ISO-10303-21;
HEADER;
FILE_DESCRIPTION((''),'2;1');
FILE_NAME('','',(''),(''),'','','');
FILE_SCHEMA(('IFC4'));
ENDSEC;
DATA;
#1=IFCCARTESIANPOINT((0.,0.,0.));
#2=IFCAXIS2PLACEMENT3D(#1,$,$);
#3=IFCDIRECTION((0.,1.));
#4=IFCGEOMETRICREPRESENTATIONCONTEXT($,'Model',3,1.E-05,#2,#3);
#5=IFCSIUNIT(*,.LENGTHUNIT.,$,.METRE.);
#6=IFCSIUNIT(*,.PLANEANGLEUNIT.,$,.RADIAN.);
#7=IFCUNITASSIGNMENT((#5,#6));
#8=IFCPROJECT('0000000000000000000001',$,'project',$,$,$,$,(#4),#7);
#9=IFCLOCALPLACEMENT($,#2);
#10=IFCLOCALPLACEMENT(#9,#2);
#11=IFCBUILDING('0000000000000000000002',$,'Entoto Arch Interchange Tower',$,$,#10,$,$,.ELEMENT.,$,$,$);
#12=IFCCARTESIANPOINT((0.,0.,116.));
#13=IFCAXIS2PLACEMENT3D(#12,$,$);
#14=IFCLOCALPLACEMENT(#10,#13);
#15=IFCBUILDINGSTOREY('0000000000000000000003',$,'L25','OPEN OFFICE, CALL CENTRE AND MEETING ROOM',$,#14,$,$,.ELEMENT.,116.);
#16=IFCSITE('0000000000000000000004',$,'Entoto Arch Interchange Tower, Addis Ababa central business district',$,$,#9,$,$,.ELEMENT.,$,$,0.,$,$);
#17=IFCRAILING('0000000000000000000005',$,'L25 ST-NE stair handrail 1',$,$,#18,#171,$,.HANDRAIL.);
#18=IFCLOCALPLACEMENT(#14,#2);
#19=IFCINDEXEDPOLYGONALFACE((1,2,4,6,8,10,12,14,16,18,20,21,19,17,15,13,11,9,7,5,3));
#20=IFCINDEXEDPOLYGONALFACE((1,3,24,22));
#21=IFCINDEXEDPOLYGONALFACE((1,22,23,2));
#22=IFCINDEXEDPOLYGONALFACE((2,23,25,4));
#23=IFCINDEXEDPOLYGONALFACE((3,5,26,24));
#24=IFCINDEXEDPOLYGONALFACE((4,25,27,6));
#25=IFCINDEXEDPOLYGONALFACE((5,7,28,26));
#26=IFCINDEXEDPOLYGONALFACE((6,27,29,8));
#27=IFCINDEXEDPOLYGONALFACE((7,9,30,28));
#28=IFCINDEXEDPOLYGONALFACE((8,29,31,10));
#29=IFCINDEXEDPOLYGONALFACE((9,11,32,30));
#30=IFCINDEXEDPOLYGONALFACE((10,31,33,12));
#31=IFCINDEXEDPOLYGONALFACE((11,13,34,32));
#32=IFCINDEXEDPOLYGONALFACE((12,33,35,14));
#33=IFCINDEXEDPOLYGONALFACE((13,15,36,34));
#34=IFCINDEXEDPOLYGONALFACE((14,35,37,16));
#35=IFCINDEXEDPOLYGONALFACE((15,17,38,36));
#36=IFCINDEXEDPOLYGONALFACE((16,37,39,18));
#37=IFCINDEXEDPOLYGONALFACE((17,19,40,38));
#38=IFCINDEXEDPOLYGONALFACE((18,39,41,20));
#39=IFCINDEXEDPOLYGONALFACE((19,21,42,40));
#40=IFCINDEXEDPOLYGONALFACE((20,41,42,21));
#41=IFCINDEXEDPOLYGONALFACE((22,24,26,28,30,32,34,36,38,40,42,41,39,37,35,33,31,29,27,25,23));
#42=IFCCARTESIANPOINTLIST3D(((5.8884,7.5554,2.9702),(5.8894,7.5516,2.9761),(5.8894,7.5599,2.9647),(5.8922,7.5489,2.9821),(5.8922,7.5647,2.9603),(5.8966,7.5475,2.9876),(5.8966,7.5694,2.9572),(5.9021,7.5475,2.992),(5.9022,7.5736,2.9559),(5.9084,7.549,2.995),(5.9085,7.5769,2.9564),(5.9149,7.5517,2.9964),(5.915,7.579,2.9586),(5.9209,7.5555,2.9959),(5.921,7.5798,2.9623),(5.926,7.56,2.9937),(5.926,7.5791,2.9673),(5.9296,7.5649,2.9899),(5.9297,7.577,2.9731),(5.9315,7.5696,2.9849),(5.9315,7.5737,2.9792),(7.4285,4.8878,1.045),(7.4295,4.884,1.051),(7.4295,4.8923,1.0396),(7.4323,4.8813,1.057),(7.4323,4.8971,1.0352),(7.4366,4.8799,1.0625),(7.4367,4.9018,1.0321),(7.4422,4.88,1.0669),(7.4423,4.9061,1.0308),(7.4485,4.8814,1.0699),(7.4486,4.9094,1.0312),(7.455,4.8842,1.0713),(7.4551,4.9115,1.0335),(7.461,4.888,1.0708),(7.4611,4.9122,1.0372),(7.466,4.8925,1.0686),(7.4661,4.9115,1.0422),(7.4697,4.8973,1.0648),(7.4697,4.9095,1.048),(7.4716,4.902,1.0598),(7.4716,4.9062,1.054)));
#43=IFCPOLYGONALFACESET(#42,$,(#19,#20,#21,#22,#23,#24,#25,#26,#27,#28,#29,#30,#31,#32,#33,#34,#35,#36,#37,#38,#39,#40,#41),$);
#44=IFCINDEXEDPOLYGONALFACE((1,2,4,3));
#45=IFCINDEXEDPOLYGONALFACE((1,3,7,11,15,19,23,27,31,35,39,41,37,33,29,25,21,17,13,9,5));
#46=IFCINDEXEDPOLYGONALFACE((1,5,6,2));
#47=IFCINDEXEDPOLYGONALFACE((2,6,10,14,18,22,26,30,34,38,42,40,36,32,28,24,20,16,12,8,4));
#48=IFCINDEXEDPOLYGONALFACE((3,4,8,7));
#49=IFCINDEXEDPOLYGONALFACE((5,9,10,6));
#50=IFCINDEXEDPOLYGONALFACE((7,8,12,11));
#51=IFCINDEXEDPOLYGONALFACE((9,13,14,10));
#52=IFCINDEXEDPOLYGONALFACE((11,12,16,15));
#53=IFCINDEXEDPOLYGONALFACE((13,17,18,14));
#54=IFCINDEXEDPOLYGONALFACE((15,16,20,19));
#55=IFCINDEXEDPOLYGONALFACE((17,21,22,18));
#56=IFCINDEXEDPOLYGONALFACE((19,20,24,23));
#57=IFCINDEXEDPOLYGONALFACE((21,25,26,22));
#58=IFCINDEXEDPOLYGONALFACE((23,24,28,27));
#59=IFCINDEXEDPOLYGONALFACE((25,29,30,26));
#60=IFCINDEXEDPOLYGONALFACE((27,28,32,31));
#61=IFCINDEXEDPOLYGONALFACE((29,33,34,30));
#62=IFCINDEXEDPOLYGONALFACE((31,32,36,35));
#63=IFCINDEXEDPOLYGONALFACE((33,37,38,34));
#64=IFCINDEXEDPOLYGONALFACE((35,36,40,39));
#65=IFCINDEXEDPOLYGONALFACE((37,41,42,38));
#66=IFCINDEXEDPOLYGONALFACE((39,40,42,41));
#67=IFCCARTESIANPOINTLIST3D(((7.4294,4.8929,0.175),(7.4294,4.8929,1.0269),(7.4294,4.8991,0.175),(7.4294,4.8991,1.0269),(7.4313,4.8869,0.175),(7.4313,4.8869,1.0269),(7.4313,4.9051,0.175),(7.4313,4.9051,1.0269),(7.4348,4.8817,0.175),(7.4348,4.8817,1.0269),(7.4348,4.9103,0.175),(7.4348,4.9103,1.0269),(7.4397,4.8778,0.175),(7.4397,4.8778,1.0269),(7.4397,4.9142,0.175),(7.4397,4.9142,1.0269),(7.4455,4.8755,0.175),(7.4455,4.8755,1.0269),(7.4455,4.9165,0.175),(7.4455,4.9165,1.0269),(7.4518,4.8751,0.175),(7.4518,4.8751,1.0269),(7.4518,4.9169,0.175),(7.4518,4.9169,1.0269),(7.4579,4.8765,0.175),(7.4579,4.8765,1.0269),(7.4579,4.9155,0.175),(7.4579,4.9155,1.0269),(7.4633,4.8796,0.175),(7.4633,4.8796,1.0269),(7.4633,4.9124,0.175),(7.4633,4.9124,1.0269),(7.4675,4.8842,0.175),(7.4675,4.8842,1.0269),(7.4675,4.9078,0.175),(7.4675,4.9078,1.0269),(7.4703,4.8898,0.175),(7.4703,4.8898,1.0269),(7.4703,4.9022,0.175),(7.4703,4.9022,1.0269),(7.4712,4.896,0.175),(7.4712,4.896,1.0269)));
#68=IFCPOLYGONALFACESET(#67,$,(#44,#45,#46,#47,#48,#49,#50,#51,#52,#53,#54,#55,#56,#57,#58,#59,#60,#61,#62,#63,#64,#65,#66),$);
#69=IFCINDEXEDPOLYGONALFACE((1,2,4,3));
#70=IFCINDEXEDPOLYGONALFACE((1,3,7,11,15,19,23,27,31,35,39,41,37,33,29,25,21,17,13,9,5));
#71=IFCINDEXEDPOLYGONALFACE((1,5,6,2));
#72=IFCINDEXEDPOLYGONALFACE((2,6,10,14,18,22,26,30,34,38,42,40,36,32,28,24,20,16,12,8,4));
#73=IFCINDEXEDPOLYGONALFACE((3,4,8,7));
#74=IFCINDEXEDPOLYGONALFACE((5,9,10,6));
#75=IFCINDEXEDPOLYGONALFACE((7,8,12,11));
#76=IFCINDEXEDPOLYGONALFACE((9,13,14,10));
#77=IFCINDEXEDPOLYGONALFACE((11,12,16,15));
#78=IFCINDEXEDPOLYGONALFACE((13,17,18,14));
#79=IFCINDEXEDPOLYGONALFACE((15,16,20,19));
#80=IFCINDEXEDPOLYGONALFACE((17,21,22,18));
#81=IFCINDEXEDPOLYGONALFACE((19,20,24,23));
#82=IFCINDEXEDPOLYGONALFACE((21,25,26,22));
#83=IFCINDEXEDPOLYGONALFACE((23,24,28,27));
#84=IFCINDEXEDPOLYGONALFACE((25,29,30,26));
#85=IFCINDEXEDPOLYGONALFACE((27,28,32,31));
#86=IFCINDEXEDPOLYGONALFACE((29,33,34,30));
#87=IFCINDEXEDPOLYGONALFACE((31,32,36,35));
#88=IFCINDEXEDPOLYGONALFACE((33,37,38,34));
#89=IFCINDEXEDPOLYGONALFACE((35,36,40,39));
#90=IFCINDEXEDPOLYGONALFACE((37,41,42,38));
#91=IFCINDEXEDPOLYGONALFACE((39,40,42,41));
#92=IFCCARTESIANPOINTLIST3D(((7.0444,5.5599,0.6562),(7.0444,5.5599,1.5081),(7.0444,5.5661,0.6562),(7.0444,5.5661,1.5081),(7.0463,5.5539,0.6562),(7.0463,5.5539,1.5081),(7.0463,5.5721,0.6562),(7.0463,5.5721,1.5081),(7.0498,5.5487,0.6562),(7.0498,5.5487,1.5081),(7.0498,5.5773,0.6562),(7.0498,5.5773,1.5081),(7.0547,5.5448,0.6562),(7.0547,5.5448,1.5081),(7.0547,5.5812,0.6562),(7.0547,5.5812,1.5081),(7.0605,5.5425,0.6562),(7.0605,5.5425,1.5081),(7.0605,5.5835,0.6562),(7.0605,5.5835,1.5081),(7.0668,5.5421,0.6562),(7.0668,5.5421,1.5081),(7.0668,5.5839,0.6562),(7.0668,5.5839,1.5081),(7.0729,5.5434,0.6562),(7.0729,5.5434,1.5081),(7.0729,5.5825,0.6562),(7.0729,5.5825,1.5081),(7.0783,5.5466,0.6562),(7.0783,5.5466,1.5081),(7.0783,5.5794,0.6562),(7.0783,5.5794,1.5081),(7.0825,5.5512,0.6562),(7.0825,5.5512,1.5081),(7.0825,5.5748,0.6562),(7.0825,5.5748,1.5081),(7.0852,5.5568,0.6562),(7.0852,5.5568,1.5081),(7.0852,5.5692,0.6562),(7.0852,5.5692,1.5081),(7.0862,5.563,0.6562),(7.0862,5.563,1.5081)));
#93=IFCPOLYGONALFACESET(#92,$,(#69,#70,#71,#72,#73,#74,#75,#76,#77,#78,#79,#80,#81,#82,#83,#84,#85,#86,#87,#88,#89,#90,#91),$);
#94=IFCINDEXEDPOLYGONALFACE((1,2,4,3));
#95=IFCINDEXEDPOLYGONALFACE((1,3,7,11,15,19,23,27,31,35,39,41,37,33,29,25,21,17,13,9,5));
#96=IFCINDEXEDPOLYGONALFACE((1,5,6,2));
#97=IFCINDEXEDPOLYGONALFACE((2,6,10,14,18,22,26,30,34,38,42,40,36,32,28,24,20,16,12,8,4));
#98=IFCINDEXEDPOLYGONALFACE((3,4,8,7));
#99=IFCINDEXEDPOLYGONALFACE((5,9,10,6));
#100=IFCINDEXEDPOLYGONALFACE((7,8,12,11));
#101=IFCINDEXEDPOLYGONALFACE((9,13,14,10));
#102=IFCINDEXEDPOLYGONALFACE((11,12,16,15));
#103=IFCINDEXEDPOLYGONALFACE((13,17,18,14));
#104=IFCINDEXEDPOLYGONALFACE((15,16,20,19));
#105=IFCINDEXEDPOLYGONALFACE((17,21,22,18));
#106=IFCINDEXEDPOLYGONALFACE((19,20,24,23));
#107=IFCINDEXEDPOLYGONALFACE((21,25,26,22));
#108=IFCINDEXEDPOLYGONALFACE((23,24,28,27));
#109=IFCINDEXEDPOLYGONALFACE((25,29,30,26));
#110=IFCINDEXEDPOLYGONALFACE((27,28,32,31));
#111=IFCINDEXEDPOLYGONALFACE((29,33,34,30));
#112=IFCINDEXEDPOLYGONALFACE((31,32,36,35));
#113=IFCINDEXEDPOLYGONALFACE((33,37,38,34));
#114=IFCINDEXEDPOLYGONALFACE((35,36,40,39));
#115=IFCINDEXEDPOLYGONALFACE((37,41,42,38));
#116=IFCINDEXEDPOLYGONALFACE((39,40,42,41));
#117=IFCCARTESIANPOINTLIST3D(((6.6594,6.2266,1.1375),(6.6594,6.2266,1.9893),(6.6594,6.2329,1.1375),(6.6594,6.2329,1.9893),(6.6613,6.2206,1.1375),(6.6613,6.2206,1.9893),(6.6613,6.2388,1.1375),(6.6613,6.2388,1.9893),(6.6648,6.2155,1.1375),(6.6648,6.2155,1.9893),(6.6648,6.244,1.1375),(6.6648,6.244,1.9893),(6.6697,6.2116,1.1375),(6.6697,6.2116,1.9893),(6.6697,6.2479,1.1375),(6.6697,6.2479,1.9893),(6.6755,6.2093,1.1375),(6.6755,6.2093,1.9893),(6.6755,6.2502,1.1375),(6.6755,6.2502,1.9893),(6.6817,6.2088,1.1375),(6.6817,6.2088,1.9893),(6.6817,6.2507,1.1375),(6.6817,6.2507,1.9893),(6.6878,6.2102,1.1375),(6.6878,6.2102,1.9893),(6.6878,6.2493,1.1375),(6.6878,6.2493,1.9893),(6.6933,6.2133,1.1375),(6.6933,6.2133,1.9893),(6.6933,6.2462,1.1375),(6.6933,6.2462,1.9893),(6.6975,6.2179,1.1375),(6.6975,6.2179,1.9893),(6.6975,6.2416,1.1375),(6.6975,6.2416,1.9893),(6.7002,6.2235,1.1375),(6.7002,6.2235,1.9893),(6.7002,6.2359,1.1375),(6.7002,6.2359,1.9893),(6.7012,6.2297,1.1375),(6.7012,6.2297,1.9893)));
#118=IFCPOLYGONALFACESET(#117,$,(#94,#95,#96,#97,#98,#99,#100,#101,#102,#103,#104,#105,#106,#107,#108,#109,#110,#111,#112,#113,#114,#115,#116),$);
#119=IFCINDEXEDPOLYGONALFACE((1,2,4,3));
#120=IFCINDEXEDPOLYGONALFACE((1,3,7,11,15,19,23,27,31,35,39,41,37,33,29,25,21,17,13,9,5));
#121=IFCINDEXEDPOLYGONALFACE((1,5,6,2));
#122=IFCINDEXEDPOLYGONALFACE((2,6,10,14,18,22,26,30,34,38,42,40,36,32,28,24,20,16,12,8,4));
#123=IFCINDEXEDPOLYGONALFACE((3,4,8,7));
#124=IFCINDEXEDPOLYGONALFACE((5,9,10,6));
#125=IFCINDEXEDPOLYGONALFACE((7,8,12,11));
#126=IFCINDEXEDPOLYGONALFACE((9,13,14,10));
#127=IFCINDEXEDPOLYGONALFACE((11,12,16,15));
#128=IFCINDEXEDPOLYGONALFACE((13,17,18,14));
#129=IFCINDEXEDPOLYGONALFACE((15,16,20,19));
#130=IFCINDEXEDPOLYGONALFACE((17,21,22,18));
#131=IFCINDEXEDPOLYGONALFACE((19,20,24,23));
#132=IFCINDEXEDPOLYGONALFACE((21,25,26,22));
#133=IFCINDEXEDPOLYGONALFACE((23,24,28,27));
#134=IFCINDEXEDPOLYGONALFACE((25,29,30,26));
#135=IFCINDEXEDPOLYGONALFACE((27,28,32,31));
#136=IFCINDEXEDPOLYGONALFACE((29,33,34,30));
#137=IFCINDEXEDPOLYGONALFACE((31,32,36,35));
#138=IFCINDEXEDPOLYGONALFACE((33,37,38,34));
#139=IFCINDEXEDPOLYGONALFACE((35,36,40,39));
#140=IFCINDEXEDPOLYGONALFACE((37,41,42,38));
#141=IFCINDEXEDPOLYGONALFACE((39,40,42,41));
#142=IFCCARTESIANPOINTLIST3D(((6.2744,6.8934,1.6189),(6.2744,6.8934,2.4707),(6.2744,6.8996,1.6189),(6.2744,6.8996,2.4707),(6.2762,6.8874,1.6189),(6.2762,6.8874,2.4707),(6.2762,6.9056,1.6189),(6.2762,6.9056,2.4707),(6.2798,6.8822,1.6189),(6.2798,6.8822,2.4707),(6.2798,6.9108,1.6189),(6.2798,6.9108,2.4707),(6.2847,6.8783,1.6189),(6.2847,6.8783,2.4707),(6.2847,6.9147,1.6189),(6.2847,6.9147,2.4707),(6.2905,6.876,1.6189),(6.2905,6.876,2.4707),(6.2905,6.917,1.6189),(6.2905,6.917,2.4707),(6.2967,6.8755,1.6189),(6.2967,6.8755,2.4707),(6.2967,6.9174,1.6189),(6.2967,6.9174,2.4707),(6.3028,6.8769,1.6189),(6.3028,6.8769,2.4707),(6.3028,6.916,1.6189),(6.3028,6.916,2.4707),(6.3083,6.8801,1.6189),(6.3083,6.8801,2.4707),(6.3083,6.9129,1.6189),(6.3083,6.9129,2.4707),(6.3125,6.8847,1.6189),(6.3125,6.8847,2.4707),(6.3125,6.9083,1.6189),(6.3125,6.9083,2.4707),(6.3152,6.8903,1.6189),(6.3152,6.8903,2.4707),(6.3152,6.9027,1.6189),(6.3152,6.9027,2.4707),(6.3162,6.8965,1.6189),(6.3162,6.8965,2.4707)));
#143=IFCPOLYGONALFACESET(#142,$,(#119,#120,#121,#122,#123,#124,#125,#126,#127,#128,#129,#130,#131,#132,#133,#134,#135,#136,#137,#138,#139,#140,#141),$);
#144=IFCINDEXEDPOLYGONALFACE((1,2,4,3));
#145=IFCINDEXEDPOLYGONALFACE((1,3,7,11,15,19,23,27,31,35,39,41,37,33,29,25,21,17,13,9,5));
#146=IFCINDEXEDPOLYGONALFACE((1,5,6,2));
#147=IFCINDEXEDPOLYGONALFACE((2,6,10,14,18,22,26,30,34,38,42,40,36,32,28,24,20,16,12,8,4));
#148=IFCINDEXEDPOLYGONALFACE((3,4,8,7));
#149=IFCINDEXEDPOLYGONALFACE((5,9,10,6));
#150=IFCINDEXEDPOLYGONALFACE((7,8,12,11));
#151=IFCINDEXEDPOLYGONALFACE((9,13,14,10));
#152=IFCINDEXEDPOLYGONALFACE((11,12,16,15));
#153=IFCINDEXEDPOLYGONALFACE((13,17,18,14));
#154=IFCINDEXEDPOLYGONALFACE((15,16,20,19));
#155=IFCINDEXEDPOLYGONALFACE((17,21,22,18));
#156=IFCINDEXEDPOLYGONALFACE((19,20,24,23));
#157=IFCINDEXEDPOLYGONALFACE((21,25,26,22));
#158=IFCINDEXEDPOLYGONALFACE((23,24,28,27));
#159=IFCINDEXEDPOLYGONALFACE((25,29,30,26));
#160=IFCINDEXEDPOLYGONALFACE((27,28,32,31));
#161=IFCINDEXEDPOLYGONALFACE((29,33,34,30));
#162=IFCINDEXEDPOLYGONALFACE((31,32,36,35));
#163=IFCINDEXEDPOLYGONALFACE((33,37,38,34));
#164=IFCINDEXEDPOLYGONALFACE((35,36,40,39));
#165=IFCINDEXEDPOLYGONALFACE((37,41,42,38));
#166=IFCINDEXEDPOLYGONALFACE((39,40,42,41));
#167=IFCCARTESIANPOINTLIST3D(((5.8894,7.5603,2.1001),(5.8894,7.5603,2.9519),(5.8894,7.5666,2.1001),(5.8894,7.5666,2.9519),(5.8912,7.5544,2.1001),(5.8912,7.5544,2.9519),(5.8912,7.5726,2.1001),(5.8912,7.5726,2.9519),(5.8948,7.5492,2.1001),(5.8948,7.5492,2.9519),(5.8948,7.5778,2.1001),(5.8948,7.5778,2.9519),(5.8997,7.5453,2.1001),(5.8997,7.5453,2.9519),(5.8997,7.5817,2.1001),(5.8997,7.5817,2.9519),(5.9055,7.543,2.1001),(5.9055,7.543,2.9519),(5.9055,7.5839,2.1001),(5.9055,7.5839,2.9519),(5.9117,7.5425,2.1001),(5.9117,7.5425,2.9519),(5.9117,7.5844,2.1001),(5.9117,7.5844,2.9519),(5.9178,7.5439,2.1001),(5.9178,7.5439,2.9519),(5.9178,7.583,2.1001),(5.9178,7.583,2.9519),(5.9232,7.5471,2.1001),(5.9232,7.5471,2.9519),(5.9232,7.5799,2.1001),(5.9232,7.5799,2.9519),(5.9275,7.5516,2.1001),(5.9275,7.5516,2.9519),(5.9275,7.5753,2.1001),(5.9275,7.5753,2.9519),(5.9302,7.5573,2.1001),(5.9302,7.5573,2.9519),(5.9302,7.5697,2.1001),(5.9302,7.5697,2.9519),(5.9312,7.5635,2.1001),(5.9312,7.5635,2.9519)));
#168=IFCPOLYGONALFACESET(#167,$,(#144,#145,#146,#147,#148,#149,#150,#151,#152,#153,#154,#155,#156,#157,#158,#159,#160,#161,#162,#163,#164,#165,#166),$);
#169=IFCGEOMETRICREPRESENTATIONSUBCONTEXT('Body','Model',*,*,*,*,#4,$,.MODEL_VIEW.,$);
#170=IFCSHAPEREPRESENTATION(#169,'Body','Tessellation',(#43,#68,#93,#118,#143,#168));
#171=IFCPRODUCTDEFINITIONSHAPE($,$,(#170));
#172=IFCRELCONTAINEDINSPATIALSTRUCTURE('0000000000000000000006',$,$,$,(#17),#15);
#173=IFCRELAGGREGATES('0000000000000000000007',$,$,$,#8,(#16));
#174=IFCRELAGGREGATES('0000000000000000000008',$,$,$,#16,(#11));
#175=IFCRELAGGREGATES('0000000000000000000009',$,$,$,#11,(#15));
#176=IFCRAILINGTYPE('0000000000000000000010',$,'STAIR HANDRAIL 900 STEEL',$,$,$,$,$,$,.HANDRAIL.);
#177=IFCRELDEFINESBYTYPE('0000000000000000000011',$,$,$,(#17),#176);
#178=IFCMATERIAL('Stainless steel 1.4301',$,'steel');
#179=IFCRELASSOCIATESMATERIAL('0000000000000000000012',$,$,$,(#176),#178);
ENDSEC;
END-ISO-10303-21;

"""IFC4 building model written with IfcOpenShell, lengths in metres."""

from ifc_helpers import new_model, si_unit, direction, frame, origin, origin_2d, place, context, subcontext, project, spatial, circle, extrude, material, type_object, element, save


model = new_model("IFC4")

# Units and contexts
model_context = context("Model", 3, precision=1e-05, world=origin(), true_north=direction((0.0, 1.0)))
body_context = subcontext(model_context, "Body", "Model", "MODEL_VIEW")
ifc_project = project(units=[si_unit("LENGTHUNIT", "METRE"), si_unit("PLANEANGLEUNIT", "RADIAN")], contexts=[model_context])

# Site, building, storey
site_placement = place(None, origin())
site = spatial("IfcSite", under=ifc_project, at=site_placement, Name="Entoto Arch Interchange Tower, Addis Ababa central business district", CompositionType="ELEMENT", RefElevation=0.0)
building_placement = place(site_placement, origin())
building = spatial("IfcBuilding", under=site, at=building_placement, Name="Entoto Arch Interchange Tower", CompositionType="ELEMENT")
storey_placement = place(building_placement, frame((0.0, 0.0, 116.0)))
storey = spatial("IfcBuildingStorey", under=building, at=storey_placement, Name="L25", Description="OPEN OFFICE, CALL CENTRE AND MEETING ROOM", CompositionType="ELEMENT", Elevation=116.0)

# Railing
ifc_material_1 = material(Name="Stainless steel 1.4301", Category="steel")
railing_type_1 = type_object("IfcRailingType", Name="STAIR HANDRAIL 900 STEEL", PredefinedType="HANDRAIL", material=ifc_material_1)
railing_1_placement = place(storey_placement, frame((7.4502, 4.896, 0.175)))
element("IfcRailing", 1, at=railing_1_placement, inside=storey, type_object=railing_type_1, Name="L25 ST-NE stair handrail 1", PredefinedType="HANDRAIL", context=body_context, shape_type="SweptSolid", body=[
    extrude(circle(Radius=0.0239, at=origin_2d()), frame((0.0, 0.0, 0.876), z_axis=(-0.423994, 0.734395, 0.529993), x_axis=(-0.86603, -0.499992, 0.0)), (0.0, 0.0, 1.0), 3.6323),
    extrude(circle(Radius=0.021, at=origin_2d()), origin(), (0.0, 0.0, 1.0), 0.8518),
    extrude(circle(Radius=0.021, at=origin_2d()), frame((-0.385, 0.667, 0.4812)), (0.0, 0.0, 1.0), 0.8518),
    extrude(circle(Radius=0.021, at=origin_2d()), frame((-0.77, 1.3337, 0.9624)), (0.0, 0.0, 1.0), 0.8518),
    extrude(circle(Radius=0.021, at=origin_2d()), frame((-1.155, 2.0005, 1.4438)), (0.0, 0.0, 1.0), 0.8518),
    extrude(circle(Radius=0.021, at=origin_2d()), frame((-1.54, 2.6675, 1.925)), (0.0, 0.0, 1.0), 0.8518),
])

save(model, "model.ifc")
